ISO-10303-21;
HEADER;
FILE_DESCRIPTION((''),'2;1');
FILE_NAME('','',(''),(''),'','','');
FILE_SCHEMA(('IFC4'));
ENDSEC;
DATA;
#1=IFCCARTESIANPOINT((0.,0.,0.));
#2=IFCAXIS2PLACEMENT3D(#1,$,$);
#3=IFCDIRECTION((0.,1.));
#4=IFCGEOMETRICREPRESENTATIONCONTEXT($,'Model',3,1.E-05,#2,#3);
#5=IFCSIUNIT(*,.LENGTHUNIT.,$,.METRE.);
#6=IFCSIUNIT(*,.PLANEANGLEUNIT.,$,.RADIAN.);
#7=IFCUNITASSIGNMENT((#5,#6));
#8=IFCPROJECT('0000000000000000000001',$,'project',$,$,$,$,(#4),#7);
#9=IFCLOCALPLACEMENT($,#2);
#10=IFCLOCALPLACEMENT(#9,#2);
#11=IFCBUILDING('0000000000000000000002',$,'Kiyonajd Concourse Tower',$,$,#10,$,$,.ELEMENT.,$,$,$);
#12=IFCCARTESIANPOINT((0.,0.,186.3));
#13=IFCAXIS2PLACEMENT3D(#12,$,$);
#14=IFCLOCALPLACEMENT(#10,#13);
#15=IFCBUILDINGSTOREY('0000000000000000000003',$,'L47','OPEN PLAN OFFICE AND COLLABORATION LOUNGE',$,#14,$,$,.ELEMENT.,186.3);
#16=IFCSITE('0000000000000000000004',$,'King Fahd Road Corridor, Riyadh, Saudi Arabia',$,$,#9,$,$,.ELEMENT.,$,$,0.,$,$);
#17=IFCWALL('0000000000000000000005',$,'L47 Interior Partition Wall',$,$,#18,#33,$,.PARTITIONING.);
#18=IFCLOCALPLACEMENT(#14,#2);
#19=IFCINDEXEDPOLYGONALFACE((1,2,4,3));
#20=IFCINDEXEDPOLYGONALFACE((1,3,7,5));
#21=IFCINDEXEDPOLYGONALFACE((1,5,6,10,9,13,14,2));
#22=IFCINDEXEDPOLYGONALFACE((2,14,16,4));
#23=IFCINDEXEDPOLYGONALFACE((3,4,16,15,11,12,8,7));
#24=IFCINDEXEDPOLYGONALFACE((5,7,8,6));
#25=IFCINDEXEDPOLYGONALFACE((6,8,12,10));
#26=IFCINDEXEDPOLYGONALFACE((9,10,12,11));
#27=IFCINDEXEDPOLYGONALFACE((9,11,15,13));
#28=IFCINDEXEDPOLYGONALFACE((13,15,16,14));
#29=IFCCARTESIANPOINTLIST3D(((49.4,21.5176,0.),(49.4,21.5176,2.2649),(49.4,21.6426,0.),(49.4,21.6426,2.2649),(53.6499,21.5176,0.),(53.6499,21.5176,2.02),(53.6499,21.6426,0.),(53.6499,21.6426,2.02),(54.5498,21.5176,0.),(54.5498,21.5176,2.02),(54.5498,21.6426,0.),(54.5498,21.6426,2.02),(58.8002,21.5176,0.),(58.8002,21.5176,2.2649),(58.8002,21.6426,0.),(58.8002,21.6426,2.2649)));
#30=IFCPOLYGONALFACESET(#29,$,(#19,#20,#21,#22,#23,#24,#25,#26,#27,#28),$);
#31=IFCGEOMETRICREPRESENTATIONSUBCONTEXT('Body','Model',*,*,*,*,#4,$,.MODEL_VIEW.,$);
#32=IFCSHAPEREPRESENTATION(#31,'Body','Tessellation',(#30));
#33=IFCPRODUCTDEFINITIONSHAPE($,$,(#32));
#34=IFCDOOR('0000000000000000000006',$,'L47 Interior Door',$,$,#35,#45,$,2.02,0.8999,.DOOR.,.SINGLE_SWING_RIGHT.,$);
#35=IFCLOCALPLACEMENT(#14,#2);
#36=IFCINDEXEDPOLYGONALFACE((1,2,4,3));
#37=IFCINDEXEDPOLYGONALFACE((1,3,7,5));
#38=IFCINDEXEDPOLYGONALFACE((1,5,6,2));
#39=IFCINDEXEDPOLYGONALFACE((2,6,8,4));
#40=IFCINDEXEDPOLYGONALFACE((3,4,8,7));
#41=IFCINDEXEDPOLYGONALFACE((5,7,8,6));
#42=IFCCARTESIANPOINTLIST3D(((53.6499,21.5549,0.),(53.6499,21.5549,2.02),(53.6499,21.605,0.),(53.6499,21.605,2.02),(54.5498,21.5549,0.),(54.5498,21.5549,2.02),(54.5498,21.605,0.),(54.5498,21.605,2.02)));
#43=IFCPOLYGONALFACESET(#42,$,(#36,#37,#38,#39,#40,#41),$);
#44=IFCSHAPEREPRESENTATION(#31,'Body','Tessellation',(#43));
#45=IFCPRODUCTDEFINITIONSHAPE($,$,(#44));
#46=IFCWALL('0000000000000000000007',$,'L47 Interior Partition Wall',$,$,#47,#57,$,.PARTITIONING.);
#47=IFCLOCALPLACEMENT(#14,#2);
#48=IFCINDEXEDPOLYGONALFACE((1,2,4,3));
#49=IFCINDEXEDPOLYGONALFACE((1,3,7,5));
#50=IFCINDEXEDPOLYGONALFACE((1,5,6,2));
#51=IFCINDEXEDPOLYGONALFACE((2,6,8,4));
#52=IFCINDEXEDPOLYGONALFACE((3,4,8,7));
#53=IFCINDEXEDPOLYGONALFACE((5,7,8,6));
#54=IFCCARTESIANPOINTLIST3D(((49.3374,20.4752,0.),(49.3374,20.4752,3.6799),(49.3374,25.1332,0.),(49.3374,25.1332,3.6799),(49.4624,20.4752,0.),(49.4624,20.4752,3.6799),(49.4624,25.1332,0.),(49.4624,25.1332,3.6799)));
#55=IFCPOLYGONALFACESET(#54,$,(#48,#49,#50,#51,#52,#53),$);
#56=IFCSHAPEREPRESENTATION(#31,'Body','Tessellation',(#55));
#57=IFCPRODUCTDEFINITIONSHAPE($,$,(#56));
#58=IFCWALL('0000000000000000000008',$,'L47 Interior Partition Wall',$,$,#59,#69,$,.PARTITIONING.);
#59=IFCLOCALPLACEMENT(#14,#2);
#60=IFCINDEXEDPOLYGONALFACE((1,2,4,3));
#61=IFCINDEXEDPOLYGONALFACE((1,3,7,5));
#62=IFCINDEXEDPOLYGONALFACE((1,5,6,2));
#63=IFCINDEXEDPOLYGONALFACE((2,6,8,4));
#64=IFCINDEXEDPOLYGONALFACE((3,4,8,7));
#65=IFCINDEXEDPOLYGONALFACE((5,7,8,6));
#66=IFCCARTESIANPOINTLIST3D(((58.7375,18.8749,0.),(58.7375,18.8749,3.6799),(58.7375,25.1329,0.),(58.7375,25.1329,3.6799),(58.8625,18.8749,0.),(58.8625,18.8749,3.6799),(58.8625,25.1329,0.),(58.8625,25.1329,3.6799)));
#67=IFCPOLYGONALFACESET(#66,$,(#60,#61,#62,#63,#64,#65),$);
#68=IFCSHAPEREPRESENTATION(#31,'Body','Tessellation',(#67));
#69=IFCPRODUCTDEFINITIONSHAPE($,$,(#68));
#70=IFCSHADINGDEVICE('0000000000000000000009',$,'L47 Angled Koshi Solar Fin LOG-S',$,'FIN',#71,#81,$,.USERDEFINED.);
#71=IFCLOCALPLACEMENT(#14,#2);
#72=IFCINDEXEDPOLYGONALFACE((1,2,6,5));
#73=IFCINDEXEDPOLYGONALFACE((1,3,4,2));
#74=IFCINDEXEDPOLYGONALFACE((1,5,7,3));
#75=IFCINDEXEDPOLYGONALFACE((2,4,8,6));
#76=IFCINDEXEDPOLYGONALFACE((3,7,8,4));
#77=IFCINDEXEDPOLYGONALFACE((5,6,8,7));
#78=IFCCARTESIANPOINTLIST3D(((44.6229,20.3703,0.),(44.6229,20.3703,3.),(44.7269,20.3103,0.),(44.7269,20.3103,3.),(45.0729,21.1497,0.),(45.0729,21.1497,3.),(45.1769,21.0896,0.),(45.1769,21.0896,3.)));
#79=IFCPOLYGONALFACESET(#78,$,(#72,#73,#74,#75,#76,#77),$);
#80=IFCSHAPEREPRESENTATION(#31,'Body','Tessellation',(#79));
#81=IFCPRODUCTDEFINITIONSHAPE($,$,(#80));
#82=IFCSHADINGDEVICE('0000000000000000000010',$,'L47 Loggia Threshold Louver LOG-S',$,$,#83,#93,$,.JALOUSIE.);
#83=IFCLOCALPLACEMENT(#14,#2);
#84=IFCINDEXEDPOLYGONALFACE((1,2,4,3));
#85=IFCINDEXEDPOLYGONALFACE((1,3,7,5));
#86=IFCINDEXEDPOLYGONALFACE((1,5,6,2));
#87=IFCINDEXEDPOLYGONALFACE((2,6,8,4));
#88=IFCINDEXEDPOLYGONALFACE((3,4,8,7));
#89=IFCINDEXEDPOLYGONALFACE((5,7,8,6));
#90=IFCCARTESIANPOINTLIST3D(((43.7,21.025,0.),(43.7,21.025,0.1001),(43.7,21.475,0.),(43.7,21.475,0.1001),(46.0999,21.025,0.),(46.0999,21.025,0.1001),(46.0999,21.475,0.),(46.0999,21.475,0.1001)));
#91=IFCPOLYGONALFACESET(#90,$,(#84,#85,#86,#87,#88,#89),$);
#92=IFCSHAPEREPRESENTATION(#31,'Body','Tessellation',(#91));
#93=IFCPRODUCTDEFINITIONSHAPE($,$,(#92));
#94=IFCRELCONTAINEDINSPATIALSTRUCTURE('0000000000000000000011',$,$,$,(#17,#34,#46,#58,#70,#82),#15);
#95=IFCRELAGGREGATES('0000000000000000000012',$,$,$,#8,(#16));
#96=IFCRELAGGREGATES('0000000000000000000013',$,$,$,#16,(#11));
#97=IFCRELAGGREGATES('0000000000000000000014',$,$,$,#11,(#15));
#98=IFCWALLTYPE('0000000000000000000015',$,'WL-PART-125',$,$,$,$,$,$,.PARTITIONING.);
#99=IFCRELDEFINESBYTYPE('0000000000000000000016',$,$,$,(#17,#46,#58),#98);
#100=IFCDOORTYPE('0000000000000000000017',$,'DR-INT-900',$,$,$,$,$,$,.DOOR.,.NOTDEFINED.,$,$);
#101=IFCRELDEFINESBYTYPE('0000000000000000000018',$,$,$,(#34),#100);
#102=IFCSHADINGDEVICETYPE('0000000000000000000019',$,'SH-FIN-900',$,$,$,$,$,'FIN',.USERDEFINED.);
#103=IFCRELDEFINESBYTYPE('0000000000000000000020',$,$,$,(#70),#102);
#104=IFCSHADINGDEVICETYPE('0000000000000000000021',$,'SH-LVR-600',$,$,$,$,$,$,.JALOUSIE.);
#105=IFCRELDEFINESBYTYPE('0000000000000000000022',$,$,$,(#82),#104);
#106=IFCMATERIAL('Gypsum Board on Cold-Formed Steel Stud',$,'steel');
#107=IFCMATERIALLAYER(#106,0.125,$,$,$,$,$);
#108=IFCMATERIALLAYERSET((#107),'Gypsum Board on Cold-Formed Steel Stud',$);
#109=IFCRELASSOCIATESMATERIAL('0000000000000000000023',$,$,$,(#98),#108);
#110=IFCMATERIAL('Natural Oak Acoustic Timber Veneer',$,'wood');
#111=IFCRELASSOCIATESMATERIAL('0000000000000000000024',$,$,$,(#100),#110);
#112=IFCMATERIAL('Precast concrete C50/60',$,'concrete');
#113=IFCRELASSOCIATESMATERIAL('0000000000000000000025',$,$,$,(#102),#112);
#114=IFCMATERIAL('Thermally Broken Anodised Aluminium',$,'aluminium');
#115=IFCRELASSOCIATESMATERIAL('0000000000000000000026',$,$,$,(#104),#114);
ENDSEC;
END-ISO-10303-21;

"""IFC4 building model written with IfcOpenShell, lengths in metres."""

from ifc_helpers import new_model, si_unit, direction, frame, frame_2d, origin, origin_2d, place, context, subcontext, project, spatial, rectangle, extrude, material, layer, layer_set, type_object, element, fill, save


model = new_model("IFC4")

# Units and contexts
model_context = context("Model", 3, precision=1e-05, world=origin(), true_north=direction((0.0, 1.0)))
body_context = subcontext(model_context, "Body", "Model", "MODEL_VIEW")
ifc_project = project(units=[si_unit("LENGTHUNIT", "METRE"), si_unit("PLANEANGLEUNIT", "RADIAN")], contexts=[model_context])

# Site, building, storey
site_placement = place(None, origin())
site = spatial("IfcSite", under=ifc_project, at=site_placement, Name="King Fahd Road Corridor, Riyadh, Saudi Arabia", CompositionType="ELEMENT", RefElevation=0.0)
building_placement = place(site_placement, origin())
building = spatial("IfcBuilding", under=site, at=building_placement, Name="Kiyonajd Concourse Tower", CompositionType="ELEMENT")
storey_placement = place(building_placement, frame((0.0, 0.0, 186.3)))
storey = spatial("IfcBuildingStorey", under=building, at=storey_placement, Name="L47", Description="OPEN PLAN OFFICE AND COLLABORATION LOUNGE", CompositionType="ELEMENT", Elevation=186.3)

# Shared definitions
ifc_material_1 = material(Name="Thermally Broken Anodised Aluminium", Category="aluminium")

# Shared definitions
ifc_material_2 = material(Name="Precast concrete C50/60", Category="concrete")

# Wall, opening, door
ifc_material_3 = material(Name="Gypsum Board on Cold-Formed Steel Stud", Category="steel")
ifc_layer_1 = layer(ifc_material_3, 0.125)
ifc_layer_set_1 = layer_set([ifc_layer_1], Name="Gypsum Board on Cold-Formed Steel Stud")
wall_type_1 = type_object("IfcWallType", Name="WL-PART-125", PredefinedType="PARTITIONING", material=ifc_layer_set_1)
wall_1_placement = place(storey_placement, frame((49.3999, 21.5801, 0.0), z_axis=(0.0, 0.0, 1.0), x_axis=(1.0, 0.0, 0.0)))
wall_1 = element("IfcWall", 1, at=wall_1_placement, inside=storey, type_object=wall_type_1, Name="L47 Interior Partition Wall", PredefinedType="PARTITIONING", context=body_context, shape_type="SweptSolid", body=[
    extrude(rectangle(XDim=9.4001, YDim=0.125, at=frame_2d((4.7002, 0.0))), origin(), (0.0, 0.0, 1.0), 2.2649),
])
opening_1_placement = place(wall_1_placement, frame((4.25, 0.0, 0.0)))
opening_1 = element("IfcOpeningElement", 2, at=opening_1_placement, cuts=wall_1, PredefinedType="OPENING", context=body_context, shape_type="SweptSolid", body=[
    extrude(rectangle(XDim=0.8999, YDim=2.02, at=frame_2d((0.45, 1.01))), frame((0.0, 0.0725, 0.0), z_axis=(0.0, -1.0, 0.0), x_axis=(1.0, 0.0, 0.0)), (0.0, 0.0, 1.0), 0.145),
])
ifc_material_4 = material(Name="Natural Oak Acoustic Timber Veneer", Category="wood")
door_type_1 = type_object("IfcDoorType", Name="DR-INT-900", OperationType="NOTDEFINED", PredefinedType="DOOR", material=ifc_material_4)
door_1_placement = place(opening_1_placement, origin())
door_1 = element("IfcDoor", 3, at=door_1_placement, inside=storey, type_object=door_type_1, Name="L47 Interior Door", OperationType="SINGLE_SWING_RIGHT", OverallHeight=2.02, OverallWidth=0.8999, PredefinedType="DOOR", context=body_context, shape_type="SweptSolid", body=[
    extrude(rectangle(XDim=0.8999, YDim=2.02, at=frame_2d((0.45, 1.01))), frame((0.0, 0.0249, 0.0), z_axis=(0.0, -1.0, 0.0), x_axis=(1.0, 0.0, 0.0)), (0.0, 0.0, 1.0), 0.05),
])
fill(opening_1, door_1)

# Walls
wall_2_placement = place(storey_placement, frame((49.3999, 20.4751, 0.0), z_axis=(0.0, 0.0, 1.0), x_axis=(0.0, 1.0, 0.0)))
element("IfcWall", 4, at=wall_2_placement, inside=storey, type_object=wall_type_1, Name="L47 Interior Partition Wall", PredefinedType="PARTITIONING", context=body_context, shape_type="SweptSolid", body=[
    extrude(rectangle(XDim=4.658, YDim=0.125, at=frame_2d((2.3291, 0.0))), origin(), (0.0, 0.0, 1.0), 3.6799),
])
wall_3_placement = place(storey_placement, frame((58.8, 18.875, 0.0), z_axis=(0.0, 0.0, 1.0), x_axis=(0.0, 1.0, 0.0)))
element("IfcWall", 5, at=wall_3_placement, inside=storey, type_object=wall_type_1, Name="L47 Interior Partition Wall", PredefinedType="PARTITIONING", context=body_context, shape_type="SweptSolid", body=[
    extrude(rectangle(XDim=6.2581, YDim=0.125, at=frame_2d((3.1289, 0.0))), origin(), (0.0, 0.0, 1.0), 3.6799),
])

# Shading devices
shading_device_type_1 = type_object("IfcShadingDeviceType", Name="SH-FIN-900", ElementType="FIN", PredefinedType="USERDEFINED", material=ifc_material_2)
shading_device_1_placement = place(storey_placement, frame((44.8999, 20.73, 0.0), z_axis=(0.0, 0.0, 1.0), x_axis=(0.5, 0.866025, 0.0)))
element("IfcShadingDevice", 6, at=shading_device_1_placement, inside=storey, type_object=shading_device_type_1, Name="L47 Angled Koshi Solar Fin LOG-S", ObjectType="FIN", PredefinedType="USERDEFINED", context=body_context, shape_type="SweptSolid", body=[
    extrude(rectangle(XDim=0.8999, YDim=0.1201, at=origin_2d()), origin(), (0.0, 0.0, 1.0), 3.0),
])
shading_device_type_2 = type_object("IfcShadingDeviceType", Name="SH-LVR-600", PredefinedType="JALOUSIE", material=ifc_material_1)
shading_device_2_placement = place(storey_placement, frame((44.8999, 21.25, 0.0), z_axis=(0.0, 0.0, 1.0), x_axis=(1.0, 0.0, 0.0)))
element("IfcShadingDevice", 7, at=shading_device_2_placement, inside=storey, type_object=shading_device_type_2, Name="L47 Loggia Threshold Louver LOG-S", PredefinedType="JALOUSIE", context=body_context, shape_type="SweptSolid", body=[
    extrude(rectangle(XDim=2.3999, YDim=0.45, at=origin_2d()), origin(), (0.0, 0.0, 1.0), 0.1001),
])

save(model, "model.ifc")
